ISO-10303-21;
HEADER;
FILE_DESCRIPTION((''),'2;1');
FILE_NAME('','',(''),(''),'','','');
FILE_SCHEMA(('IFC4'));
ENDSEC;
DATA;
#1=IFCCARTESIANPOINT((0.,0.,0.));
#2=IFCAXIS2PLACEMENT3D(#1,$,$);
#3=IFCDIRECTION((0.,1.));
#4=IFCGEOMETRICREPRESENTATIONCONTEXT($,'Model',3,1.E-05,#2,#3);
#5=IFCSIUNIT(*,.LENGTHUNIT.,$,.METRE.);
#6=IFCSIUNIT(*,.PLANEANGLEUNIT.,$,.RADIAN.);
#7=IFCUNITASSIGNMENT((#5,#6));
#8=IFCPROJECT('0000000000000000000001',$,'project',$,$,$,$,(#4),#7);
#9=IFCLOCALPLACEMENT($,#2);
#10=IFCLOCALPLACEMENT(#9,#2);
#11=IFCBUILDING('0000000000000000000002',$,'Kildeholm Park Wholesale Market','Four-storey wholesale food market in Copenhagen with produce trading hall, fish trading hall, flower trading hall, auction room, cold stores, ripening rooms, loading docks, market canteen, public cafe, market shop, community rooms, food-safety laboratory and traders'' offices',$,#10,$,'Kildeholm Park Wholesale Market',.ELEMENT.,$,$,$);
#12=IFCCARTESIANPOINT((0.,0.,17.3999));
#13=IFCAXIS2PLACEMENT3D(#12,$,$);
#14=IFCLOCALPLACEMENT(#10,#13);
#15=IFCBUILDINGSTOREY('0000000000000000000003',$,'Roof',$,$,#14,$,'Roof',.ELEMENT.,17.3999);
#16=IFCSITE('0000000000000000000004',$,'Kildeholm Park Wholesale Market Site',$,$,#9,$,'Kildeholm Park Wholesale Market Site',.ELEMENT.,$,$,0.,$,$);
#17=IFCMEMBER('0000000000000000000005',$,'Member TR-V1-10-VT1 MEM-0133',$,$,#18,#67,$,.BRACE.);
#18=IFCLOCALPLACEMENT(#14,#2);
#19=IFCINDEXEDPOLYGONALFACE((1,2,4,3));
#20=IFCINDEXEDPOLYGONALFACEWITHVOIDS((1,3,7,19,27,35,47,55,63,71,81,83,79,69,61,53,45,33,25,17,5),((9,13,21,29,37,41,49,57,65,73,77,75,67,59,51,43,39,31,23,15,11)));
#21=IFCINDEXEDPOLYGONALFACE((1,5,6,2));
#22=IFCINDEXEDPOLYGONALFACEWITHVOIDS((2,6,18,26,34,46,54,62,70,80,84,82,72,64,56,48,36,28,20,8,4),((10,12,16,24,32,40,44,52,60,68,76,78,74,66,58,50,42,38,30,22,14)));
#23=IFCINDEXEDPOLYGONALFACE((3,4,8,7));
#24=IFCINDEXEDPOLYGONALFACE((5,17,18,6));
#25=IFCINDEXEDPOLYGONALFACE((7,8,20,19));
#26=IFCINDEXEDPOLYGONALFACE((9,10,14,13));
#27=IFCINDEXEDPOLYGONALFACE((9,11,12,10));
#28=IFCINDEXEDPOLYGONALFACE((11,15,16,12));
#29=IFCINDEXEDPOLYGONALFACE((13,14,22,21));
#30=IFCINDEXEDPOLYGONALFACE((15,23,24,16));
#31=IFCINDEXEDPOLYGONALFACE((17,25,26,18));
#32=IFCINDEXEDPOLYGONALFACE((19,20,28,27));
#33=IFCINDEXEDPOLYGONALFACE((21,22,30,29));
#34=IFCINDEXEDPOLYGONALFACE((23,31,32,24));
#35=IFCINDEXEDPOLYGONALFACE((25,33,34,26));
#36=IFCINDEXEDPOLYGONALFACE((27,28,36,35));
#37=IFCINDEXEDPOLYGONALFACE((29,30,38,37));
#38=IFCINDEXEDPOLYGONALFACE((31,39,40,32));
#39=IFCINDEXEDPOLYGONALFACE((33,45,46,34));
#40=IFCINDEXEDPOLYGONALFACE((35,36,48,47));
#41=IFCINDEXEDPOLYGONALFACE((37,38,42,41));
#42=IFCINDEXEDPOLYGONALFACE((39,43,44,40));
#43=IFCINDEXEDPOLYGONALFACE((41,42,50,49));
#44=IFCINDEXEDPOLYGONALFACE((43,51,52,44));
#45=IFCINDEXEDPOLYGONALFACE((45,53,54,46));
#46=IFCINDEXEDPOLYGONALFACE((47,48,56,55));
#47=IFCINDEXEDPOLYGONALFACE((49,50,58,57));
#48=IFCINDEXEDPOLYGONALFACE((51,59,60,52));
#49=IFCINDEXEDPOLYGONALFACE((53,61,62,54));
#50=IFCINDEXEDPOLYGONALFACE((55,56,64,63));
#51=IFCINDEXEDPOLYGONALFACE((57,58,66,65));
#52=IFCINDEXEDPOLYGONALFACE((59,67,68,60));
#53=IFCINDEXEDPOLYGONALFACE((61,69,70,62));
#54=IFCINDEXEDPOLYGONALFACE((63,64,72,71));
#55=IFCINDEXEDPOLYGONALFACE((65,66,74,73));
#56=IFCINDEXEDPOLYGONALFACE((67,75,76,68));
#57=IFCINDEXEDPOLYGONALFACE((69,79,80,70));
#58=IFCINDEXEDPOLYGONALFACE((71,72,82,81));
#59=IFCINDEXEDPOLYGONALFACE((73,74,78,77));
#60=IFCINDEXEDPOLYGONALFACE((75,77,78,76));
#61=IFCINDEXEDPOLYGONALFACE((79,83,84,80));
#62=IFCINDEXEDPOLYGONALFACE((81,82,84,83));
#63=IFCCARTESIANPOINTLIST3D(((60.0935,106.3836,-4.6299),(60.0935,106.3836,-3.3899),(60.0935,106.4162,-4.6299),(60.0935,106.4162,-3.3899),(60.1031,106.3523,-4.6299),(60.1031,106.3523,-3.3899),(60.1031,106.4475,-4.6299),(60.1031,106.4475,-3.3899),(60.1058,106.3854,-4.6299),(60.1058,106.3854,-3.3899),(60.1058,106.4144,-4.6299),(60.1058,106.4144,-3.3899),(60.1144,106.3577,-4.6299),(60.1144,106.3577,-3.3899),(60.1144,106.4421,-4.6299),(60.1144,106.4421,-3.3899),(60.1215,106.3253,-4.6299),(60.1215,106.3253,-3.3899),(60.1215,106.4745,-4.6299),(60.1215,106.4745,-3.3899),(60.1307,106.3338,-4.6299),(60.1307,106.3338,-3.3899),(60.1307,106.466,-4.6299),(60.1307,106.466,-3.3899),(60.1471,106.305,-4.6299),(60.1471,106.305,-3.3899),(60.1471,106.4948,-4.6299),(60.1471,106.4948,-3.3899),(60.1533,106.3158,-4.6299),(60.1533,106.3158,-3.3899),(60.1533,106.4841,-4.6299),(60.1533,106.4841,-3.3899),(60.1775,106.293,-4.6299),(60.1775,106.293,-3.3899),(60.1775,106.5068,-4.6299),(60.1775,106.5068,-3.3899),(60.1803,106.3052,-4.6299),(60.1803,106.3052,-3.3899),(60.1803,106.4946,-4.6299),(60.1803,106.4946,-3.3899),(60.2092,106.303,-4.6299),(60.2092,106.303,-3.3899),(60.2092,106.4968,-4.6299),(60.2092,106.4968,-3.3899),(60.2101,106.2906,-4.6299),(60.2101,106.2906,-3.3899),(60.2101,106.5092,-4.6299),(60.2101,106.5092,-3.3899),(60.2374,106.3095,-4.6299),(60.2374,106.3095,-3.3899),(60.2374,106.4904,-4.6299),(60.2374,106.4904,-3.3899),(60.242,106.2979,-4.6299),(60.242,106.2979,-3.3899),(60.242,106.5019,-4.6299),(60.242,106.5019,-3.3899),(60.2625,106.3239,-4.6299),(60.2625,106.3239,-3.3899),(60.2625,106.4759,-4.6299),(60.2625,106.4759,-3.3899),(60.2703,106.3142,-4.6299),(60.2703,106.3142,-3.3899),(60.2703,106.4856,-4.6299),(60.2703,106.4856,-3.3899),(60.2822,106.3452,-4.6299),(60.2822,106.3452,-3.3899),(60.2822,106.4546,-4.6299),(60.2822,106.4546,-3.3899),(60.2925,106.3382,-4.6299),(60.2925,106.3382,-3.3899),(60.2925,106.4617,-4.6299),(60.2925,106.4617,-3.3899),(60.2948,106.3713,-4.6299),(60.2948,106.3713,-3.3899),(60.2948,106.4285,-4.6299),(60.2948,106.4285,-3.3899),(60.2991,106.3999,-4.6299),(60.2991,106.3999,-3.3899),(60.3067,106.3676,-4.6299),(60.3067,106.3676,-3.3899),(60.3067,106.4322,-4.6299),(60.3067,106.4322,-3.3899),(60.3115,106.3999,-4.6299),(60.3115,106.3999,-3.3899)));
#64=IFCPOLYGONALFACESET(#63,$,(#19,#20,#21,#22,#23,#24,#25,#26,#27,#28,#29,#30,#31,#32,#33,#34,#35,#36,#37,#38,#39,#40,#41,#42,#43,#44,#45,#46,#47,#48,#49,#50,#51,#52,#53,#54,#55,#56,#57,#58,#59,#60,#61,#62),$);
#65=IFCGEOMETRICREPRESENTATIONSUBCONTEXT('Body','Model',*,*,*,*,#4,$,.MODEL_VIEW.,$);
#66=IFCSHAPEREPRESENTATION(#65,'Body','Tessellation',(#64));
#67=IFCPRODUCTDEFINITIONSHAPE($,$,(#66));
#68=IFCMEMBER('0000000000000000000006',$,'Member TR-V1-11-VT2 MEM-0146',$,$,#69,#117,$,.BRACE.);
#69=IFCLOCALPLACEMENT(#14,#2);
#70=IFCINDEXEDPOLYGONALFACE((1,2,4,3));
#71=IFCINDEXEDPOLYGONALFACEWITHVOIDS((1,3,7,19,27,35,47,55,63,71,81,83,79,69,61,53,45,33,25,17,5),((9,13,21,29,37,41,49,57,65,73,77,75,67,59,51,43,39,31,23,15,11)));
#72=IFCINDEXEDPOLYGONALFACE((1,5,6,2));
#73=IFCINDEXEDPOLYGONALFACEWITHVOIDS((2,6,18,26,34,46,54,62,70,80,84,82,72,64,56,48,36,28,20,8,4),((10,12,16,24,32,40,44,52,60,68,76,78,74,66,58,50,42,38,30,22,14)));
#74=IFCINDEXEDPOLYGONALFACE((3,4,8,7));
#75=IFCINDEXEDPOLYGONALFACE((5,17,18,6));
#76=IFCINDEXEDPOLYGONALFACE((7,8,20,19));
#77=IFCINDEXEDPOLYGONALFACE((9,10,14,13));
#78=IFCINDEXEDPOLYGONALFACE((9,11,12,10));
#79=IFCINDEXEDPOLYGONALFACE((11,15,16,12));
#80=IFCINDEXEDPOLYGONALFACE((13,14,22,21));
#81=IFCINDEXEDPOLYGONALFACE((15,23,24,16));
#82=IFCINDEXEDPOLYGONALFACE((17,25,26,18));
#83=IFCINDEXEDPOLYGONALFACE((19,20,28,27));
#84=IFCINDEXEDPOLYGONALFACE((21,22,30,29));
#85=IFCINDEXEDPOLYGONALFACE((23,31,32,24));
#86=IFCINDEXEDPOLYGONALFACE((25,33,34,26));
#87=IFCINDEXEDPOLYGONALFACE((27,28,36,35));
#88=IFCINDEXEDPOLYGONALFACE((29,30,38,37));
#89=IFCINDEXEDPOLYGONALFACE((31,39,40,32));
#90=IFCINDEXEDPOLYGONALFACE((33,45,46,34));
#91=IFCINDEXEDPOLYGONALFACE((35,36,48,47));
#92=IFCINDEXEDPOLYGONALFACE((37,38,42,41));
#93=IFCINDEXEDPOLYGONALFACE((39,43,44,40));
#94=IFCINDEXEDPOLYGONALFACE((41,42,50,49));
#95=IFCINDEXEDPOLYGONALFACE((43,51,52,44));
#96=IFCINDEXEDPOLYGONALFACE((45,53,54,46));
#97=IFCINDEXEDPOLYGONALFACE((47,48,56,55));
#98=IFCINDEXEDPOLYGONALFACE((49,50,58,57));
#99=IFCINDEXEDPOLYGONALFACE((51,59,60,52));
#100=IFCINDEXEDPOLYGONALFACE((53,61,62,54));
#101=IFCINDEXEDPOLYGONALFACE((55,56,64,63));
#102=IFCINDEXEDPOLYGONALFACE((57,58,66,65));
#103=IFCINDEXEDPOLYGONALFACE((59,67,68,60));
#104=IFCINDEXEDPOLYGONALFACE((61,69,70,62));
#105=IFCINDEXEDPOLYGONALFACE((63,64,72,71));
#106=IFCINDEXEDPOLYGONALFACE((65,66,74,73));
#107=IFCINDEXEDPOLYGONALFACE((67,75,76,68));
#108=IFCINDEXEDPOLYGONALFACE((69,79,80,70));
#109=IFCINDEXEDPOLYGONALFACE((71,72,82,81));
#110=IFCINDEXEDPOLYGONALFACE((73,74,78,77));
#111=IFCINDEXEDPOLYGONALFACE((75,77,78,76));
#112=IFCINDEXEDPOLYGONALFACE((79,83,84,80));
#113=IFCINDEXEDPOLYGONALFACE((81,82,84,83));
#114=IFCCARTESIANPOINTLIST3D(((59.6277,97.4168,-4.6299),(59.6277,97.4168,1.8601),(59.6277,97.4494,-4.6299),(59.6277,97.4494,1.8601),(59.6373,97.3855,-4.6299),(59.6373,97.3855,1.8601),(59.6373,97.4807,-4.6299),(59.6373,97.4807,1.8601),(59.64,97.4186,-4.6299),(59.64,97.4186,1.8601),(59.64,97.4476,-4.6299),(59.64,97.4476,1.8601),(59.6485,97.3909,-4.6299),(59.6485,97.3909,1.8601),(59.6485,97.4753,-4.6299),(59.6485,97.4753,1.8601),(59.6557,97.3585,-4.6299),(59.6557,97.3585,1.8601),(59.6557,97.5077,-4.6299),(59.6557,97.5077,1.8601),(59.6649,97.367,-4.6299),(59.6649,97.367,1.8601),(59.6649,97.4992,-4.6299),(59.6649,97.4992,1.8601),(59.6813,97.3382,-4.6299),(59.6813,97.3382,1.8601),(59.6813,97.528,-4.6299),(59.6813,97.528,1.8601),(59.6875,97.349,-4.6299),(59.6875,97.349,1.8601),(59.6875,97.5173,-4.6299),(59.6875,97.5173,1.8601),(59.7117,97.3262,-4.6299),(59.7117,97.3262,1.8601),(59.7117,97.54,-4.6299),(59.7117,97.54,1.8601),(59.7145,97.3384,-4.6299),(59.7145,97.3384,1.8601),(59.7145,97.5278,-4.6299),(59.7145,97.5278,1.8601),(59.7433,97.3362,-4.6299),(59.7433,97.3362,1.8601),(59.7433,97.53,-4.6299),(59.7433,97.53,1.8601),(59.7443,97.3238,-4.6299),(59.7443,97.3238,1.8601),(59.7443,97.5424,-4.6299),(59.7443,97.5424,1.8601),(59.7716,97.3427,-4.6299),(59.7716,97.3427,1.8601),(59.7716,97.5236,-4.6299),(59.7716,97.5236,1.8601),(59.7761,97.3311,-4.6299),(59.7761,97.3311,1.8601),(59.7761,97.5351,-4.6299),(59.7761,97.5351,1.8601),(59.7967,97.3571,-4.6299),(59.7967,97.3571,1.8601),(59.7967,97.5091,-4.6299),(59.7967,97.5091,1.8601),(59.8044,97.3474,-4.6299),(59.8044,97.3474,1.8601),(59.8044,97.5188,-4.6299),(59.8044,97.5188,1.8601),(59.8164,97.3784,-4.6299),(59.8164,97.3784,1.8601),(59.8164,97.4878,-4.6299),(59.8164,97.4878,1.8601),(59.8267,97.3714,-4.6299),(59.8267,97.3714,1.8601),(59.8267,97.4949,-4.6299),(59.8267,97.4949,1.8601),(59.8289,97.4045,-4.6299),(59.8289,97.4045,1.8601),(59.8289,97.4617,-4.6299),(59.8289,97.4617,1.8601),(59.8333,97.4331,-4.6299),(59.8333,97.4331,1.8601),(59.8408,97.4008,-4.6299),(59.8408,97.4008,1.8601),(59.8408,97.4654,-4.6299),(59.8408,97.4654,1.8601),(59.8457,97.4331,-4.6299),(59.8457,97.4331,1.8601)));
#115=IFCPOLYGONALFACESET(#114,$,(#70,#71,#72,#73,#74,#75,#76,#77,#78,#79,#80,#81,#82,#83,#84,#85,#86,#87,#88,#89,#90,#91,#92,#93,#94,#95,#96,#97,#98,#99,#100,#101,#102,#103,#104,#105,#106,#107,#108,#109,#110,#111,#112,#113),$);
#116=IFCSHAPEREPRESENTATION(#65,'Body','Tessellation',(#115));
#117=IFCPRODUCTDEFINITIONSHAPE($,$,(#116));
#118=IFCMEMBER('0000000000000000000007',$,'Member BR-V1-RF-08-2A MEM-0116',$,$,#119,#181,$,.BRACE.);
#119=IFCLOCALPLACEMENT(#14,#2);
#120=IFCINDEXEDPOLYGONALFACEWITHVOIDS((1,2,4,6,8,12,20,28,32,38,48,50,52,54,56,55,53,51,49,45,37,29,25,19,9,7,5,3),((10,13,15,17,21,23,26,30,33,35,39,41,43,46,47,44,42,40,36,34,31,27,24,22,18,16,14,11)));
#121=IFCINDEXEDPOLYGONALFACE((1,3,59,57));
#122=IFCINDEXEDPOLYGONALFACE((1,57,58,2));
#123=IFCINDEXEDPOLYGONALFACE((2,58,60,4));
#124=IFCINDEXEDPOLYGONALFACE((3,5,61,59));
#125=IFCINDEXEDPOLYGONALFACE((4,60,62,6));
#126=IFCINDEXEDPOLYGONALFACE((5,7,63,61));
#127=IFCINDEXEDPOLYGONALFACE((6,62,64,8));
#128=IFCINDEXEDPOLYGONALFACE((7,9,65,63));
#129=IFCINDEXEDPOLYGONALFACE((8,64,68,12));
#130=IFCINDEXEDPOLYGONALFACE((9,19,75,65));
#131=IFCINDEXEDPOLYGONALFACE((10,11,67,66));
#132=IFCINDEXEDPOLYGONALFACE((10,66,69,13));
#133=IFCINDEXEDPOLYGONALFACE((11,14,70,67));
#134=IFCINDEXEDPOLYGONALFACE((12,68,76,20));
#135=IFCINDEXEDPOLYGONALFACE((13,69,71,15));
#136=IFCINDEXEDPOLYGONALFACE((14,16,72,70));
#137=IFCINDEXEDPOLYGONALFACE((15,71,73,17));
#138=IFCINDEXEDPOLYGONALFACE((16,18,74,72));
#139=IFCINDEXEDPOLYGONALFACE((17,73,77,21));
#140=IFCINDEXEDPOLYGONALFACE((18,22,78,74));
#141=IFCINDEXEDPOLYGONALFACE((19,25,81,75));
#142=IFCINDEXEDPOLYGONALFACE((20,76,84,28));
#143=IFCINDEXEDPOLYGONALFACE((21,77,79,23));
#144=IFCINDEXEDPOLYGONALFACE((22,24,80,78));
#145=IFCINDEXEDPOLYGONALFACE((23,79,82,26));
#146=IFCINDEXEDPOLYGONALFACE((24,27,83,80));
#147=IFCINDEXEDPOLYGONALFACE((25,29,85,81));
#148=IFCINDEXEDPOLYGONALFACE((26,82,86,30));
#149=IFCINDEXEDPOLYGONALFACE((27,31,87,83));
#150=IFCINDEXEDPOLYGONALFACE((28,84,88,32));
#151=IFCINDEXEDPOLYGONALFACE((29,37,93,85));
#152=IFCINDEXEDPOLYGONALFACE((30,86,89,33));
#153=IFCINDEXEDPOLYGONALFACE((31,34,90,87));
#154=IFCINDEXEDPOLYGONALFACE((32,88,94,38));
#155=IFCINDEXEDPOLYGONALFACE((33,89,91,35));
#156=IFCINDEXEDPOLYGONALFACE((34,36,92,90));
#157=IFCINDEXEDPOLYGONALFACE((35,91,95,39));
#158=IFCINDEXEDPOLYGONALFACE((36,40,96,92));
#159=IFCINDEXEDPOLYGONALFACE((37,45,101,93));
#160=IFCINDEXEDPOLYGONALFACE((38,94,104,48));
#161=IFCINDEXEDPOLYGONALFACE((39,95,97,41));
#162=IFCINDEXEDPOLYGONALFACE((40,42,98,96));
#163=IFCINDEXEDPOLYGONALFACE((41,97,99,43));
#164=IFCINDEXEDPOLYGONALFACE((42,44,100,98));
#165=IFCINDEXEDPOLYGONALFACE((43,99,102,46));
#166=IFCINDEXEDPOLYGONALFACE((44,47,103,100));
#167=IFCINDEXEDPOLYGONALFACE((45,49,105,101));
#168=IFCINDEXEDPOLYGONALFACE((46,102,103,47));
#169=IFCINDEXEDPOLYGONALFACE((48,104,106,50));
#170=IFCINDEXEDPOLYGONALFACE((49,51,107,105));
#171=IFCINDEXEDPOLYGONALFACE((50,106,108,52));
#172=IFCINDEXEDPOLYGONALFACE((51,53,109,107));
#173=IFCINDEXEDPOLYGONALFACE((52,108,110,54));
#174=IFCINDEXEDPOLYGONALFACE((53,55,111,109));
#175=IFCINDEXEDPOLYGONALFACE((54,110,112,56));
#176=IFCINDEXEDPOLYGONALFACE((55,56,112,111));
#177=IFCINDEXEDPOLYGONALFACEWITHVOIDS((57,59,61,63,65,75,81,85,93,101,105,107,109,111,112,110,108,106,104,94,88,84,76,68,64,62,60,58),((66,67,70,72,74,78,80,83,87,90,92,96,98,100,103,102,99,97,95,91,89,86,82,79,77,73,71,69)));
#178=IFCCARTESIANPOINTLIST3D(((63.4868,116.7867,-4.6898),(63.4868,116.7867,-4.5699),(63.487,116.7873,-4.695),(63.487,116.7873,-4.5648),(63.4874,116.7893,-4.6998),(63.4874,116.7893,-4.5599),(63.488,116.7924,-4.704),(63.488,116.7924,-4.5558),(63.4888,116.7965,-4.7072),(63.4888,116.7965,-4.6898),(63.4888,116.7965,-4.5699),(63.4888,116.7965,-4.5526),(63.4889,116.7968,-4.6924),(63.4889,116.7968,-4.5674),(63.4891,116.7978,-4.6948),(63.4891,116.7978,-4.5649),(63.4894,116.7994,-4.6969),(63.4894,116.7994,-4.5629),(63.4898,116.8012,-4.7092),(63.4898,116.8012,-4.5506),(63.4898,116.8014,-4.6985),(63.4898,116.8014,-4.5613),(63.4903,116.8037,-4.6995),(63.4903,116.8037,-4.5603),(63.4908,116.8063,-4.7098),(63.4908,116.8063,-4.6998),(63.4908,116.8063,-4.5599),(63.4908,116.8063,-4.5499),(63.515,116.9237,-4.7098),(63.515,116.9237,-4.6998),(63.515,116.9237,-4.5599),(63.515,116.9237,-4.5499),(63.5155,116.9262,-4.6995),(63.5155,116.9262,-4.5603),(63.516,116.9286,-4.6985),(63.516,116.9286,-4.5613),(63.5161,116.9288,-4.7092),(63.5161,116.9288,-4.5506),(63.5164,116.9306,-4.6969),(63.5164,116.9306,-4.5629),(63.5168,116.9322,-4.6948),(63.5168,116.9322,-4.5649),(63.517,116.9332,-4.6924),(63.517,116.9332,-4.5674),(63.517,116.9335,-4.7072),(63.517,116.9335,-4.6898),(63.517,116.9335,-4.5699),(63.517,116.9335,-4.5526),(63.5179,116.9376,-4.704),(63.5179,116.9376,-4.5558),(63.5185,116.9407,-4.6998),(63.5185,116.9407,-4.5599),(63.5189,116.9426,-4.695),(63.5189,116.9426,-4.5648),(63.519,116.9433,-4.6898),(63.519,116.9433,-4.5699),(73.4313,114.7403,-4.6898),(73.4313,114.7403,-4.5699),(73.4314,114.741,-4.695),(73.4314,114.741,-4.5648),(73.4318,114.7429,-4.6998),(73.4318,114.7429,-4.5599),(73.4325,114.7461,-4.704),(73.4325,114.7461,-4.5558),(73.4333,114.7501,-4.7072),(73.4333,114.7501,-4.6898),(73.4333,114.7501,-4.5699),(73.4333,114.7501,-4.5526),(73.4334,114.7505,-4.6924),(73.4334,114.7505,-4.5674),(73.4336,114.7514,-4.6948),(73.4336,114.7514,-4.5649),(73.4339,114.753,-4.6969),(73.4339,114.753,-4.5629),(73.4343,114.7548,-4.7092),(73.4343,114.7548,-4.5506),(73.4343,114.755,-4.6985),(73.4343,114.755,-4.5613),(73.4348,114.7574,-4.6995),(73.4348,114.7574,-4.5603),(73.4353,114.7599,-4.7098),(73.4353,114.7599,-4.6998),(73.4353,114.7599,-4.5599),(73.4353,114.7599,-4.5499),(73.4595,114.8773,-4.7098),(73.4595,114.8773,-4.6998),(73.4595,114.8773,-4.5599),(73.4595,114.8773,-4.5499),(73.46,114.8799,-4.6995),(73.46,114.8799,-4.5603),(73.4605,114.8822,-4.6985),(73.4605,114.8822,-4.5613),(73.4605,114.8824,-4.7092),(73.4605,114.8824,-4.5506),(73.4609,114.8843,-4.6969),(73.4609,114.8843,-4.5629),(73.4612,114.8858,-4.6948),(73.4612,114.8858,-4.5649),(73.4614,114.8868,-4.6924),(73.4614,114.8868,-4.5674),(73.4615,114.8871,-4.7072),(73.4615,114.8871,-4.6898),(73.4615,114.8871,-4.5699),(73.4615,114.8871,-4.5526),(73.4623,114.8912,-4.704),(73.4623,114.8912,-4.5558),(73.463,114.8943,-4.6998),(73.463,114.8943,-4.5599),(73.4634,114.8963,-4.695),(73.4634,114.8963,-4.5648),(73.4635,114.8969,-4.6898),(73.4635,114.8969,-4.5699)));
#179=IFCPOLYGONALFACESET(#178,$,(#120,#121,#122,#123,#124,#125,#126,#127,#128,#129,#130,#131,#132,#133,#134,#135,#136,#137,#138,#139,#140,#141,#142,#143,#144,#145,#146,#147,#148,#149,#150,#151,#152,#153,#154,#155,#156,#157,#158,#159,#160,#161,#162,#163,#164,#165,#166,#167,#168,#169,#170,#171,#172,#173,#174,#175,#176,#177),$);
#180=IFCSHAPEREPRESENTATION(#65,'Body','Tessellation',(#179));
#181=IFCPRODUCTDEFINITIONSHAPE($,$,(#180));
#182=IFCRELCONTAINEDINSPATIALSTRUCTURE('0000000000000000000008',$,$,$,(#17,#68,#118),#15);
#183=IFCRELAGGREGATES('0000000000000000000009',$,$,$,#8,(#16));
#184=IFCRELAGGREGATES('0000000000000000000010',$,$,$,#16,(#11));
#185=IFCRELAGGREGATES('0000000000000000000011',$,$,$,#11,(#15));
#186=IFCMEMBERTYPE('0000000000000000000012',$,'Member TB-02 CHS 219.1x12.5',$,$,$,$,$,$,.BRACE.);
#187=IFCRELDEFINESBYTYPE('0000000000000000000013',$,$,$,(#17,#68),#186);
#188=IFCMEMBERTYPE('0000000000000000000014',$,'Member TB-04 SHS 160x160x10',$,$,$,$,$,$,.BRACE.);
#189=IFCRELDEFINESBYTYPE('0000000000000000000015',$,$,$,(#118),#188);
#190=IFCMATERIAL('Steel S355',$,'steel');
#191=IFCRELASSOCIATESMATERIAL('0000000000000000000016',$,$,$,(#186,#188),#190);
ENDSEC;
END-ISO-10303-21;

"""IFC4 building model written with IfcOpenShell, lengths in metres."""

from ifc_helpers import new_model, si_unit, direction, frame, origin, origin_2d, place, context, subcontext, project, spatial, hollow_rectangle, hollow_circle, extrude, material, material_profile, profile_set, type_object, element, save


model = new_model("IFC4")

# Units and contexts
model_context = context("Model", 3, precision=1e-05, world=origin(), true_north=direction((0.0, 1.0)))
body_context = subcontext(model_context, "Body", "Model", "MODEL_VIEW")
ifc_project = project(units=[si_unit("LENGTHUNIT", "METRE"), si_unit("PLANEANGLEUNIT", "RADIAN")], contexts=[model_context])

# Site, building, storey
site_placement = place(None, origin())
site = spatial("IfcSite", under=ifc_project, at=site_placement, Name="Kildeholm Park Wholesale Market Site", LongName="Kildeholm Park Wholesale Market Site", CompositionType="ELEMENT", RefElevation=0.0)
building_placement = place(site_placement, origin())
building = spatial("IfcBuilding", under=site, at=building_placement, Name="Kildeholm Park Wholesale Market", Description="Four-storey wholesale food market in Copenhagen with produce trading hall, fish trading hall, flower trading hall, auction room, cold stores, ripening rooms, loading docks, market canteen, public cafe, market shop, community rooms, food-safety laboratory and traders' offices", LongName="Kildeholm Park Wholesale Market", CompositionType="ELEMENT")
storey_placement = place(building_placement, frame((0.0, 0.0, 17.3999)))
storey = spatial("IfcBuildingStorey", under=building, at=storey_placement, Name="Roof", LongName="Roof", CompositionType="ELEMENT", Elevation=17.3999)

# Shared definitions
ifc_material_1 = material(Name="Steel S355", Category="steel")

# Members
ifc_material_profile_1 = material_profile(ifc_material_1, hollow_circle(Radius=0.1096, WallThickness=0.0125, at=origin_2d()), Name="CHS 219.1x12.5")
ifc_profile_set_1 = profile_set([ifc_material_profile_1], Name="Steel S355")
member_type_1 = type_object("IfcMemberType", Name="Member TB-02 CHS 219.1x12.5", PredefinedType="BRACE", material=ifc_profile_set_1)
member_1_placement = place(storey_placement, frame((60.2019, 106.3999, -4.6299), z_axis=(0.0, 0.0, 1.0), x_axis=(1.0, 0.0, 0.0)))
element("IfcMember", 1, at=member_1_placement, inside=storey, type_object=member_type_1, Name="Member TR-V1-10-VT1 MEM-0133", PredefinedType="BRACE", context=body_context, shape_type="SweptSolid", body=[
    extrude(hollow_circle(Radius=0.1096, WallThickness=0.0125, at=origin_2d()), origin(), (0.0, 0.0, 1.0), 1.24),
])
member_2_placement = place(storey_placement, frame((59.7361, 97.4331, -4.6299), z_axis=(0.0, 0.0, 1.0), x_axis=(1.0, 0.0, 0.0)))
element("IfcMember", 2, at=member_2_placement, inside=storey, type_object=member_type_1, Name="Member TR-V1-11-VT2 MEM-0146", PredefinedType="BRACE", context=body_context, shape_type="SweptSolid", body=[
    extrude(hollow_circle(Radius=0.1096, WallThickness=0.0125, at=origin_2d()), origin(), (0.0, 0.0, 1.0), 6.49),
])
ifc_material_profile_2 = material_profile(ifc_material_1, hollow_rectangle(XDim=0.1599, YDim=0.1599, WallThickness=0.01, InnerFilletRadius=0.01, OuterFilletRadius=0.02, at=origin_2d()), Name="SHS 160x160x10")
ifc_profile_set_2 = profile_set([ifc_material_profile_2], Name="Steel S355")
member_type_2 = type_object("IfcMemberType", Name="Member TB-04 SHS 160x160x10", PredefinedType="BRACE", material=ifc_profile_set_2)
member_3_placement = place(storey_placement, frame((63.5029, 116.865, -4.6299), z_axis=(0.979477, -0.201556, 0.0), x_axis=(0.201556, 0.979477, 0.0)))
element("IfcMember", 3, at=member_3_placement, inside=storey, type_object=member_type_2, Name="Member BR-V1-RF-08-2A MEM-0116", PredefinedType="BRACE", context=body_context, shape_type="SweptSolid", body=[
    extrude(hollow_rectangle(XDim=0.1599, YDim=0.1599, WallThickness=0.01, InnerFilletRadius=0.01, OuterFilletRadius=0.02, at=origin_2d()), origin(), (0.0, 0.0, 1.0), 10.1528),
])

save(model, "model.ifc")
